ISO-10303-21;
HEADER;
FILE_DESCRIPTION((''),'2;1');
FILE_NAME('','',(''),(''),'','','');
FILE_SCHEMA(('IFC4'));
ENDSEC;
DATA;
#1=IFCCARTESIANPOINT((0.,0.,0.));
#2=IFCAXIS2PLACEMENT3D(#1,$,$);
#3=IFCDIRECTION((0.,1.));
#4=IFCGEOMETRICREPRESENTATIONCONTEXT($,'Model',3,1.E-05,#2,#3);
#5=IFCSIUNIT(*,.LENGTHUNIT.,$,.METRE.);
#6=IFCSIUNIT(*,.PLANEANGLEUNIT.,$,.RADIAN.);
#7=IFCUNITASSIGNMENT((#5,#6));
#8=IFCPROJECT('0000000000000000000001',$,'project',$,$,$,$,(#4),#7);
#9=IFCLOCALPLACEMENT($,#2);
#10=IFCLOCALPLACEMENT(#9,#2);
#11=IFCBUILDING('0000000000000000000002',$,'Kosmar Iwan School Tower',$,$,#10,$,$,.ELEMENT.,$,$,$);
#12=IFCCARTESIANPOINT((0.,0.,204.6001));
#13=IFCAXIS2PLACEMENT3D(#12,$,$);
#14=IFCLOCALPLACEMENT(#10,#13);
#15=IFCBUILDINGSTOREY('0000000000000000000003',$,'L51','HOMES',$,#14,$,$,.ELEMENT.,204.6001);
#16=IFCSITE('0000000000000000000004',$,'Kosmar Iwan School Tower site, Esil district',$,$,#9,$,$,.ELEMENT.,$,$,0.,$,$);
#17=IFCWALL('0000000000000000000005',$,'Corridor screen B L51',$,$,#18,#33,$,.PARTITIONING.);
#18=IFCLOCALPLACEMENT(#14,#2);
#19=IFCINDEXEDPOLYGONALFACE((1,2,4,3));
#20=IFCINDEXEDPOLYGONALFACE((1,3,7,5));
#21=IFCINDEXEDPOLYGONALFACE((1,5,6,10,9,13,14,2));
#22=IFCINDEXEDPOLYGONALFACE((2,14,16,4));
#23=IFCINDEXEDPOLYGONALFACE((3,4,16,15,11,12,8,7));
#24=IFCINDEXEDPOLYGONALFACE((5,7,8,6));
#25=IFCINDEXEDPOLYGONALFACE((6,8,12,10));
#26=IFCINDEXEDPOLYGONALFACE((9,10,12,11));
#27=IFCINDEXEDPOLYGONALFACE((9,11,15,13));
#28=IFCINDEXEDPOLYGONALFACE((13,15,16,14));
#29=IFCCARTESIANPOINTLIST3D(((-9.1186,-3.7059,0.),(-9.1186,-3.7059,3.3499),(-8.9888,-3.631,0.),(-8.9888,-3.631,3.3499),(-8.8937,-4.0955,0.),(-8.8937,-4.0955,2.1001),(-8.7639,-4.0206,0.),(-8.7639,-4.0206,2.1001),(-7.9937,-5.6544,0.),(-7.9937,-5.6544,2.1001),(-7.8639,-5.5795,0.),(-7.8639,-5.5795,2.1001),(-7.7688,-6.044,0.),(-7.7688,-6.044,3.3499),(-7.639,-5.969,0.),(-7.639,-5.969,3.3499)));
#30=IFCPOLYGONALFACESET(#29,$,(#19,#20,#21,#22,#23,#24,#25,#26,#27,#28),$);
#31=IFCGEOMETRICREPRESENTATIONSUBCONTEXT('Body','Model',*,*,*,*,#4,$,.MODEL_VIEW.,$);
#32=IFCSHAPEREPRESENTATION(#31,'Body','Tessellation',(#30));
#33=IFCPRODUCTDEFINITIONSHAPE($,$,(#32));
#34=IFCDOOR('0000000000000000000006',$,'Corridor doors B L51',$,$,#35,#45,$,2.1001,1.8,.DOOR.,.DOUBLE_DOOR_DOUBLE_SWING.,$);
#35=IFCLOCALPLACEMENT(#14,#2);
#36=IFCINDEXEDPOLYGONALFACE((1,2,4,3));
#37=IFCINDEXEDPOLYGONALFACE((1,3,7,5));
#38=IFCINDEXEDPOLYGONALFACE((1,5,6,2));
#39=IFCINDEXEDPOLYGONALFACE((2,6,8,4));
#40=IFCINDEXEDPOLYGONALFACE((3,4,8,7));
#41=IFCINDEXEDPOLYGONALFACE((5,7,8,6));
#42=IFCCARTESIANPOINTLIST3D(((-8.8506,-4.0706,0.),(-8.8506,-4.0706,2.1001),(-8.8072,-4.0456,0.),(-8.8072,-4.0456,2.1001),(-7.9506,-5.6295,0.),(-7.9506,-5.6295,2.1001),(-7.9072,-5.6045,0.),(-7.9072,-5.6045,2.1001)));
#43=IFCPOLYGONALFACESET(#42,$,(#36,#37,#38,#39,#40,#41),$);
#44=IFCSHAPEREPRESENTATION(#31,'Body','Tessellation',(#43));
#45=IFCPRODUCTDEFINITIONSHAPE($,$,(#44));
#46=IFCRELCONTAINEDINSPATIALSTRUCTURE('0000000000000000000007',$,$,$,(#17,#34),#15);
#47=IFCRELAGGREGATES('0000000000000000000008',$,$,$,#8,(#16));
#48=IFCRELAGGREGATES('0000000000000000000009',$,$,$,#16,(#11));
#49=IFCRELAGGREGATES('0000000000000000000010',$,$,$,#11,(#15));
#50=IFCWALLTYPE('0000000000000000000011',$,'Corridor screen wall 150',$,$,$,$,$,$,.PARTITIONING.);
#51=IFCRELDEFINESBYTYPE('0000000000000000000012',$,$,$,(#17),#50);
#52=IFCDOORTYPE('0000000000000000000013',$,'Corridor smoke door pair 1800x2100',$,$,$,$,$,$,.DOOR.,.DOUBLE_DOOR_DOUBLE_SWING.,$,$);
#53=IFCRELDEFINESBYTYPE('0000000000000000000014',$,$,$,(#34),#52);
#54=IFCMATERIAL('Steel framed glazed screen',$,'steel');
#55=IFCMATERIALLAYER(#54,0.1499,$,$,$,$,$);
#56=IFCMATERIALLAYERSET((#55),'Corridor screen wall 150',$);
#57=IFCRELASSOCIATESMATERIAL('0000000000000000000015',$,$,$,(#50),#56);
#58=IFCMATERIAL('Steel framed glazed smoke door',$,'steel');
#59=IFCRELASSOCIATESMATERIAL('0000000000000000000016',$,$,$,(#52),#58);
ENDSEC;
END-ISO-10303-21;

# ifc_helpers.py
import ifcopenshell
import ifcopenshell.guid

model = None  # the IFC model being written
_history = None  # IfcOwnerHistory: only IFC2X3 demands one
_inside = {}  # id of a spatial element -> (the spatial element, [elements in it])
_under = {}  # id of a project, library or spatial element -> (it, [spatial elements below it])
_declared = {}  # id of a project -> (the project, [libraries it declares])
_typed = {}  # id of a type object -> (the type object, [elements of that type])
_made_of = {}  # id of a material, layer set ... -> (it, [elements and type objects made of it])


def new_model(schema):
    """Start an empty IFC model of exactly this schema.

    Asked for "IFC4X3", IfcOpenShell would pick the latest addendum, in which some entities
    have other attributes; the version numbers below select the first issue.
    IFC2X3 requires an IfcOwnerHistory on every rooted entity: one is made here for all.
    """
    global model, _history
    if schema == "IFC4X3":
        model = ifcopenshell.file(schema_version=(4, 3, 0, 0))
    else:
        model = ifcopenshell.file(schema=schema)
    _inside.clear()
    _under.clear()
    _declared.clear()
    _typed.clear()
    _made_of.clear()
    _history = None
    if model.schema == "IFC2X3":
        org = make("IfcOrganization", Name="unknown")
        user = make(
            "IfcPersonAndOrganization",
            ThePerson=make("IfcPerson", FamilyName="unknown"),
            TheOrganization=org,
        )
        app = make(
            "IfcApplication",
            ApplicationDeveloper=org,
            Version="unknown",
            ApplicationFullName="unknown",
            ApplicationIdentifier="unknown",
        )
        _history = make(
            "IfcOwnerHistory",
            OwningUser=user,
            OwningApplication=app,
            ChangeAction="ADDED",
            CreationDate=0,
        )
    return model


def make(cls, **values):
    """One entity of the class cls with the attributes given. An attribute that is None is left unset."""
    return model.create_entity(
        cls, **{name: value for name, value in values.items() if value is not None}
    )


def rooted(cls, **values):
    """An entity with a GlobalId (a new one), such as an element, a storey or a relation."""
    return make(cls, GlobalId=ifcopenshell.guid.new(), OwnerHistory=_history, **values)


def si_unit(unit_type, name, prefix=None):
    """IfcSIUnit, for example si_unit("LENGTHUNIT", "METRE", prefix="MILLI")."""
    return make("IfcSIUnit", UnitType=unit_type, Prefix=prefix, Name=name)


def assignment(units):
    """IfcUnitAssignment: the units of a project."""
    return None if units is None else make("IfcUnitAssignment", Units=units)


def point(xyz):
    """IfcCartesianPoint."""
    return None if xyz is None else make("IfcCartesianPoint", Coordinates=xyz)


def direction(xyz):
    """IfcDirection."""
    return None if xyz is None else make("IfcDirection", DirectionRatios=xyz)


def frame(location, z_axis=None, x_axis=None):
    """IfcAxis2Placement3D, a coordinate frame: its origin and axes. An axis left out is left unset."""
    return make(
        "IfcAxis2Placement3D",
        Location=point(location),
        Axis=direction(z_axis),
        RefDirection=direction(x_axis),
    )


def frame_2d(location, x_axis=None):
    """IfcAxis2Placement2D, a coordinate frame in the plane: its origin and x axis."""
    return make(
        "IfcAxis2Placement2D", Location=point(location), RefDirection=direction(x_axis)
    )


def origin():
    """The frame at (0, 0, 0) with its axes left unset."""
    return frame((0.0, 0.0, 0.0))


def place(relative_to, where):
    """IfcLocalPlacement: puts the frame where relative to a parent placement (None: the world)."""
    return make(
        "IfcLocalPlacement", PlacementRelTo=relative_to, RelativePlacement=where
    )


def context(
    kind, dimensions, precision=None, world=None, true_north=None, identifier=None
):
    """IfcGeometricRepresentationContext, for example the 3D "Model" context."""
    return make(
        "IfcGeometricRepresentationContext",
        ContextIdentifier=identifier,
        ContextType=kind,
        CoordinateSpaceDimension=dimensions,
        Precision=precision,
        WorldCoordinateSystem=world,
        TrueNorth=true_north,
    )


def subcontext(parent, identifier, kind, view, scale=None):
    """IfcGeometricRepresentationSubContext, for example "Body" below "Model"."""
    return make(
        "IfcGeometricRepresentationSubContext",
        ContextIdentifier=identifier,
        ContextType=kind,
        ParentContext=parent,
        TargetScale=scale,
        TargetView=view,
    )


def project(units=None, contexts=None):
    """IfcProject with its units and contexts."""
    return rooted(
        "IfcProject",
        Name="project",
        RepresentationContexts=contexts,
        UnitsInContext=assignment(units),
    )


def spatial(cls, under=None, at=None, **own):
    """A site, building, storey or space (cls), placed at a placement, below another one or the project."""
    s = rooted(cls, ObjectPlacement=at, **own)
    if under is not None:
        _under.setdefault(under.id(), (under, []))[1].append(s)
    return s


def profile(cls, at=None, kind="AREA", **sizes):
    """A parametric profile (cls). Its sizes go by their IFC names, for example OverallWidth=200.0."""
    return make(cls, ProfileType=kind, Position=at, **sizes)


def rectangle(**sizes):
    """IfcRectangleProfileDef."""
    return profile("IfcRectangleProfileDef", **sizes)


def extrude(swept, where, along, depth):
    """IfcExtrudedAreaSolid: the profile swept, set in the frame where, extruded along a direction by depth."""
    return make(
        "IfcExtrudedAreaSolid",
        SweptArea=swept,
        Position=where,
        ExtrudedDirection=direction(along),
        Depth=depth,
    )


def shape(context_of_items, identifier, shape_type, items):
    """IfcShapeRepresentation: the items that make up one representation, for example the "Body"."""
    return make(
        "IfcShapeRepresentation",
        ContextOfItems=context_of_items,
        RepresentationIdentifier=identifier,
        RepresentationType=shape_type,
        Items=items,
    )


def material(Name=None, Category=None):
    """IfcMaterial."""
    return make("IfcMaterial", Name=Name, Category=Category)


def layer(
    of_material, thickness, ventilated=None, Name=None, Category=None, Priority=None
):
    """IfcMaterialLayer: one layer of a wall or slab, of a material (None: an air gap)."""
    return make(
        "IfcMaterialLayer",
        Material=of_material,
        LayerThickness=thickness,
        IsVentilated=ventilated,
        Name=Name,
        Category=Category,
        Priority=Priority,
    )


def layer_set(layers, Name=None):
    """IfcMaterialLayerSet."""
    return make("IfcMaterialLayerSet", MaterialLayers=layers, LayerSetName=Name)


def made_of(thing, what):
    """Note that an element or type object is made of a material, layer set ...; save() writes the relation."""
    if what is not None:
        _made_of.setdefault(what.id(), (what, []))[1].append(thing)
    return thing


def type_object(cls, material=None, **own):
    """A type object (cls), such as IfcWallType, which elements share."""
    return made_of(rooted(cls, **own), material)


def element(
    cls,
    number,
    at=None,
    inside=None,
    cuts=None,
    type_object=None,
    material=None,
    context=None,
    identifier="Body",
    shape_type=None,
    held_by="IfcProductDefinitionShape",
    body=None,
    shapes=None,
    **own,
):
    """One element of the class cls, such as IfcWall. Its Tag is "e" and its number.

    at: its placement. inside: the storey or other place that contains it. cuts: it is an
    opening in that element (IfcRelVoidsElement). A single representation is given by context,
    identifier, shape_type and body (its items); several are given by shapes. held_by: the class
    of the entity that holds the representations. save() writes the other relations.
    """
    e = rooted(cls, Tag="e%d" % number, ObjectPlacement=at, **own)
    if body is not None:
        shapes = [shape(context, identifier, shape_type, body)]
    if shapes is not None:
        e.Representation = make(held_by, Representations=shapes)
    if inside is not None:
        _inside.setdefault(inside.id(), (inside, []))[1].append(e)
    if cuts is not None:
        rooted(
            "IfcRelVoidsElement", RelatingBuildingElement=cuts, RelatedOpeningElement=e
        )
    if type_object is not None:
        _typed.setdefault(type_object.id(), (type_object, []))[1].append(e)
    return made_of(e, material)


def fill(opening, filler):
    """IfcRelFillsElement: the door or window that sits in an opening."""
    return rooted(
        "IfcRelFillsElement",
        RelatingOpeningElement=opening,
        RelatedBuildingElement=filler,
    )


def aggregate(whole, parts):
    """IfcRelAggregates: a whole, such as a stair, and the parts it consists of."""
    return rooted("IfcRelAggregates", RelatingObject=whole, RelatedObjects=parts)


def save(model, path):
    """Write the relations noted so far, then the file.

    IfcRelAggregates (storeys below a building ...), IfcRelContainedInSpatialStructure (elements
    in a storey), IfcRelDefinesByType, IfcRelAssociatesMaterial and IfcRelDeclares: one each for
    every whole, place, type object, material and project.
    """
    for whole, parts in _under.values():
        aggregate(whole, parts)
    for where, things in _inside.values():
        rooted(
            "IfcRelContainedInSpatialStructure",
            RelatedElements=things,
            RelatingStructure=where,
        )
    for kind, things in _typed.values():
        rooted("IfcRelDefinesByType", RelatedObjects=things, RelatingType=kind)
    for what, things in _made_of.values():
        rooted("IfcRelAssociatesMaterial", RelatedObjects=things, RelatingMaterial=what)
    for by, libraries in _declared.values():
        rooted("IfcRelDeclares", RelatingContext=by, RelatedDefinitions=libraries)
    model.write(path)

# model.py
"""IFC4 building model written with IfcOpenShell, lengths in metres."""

from ifc_helpers import new_model, si_unit, direction, frame, frame_2d, origin, place, context, subcontext, project, spatial, rectangle, extrude, material, layer, layer_set, type_object, element, fill, save


model = new_model("IFC4")

# Units and contexts
model_context = context("Model", 3, precision=1e-05, world=origin(), true_north=direction((0.0, 1.0)))
body_context = subcontext(model_context, "Body", "Model", "MODEL_VIEW")
ifc_project = project(units=[si_unit("LENGTHUNIT", "METRE"), si_unit("PLANEANGLEUNIT", "RADIAN")], contexts=[model_context])

# Site, building, storey
site_placement = place(None, origin())
site = spatial("IfcSite", under=ifc_project, at=site_placement, Name="Kosmar Iwan School Tower site, Esil district", CompositionType="ELEMENT", RefElevation=0.0)
building_placement = place(site_placement, origin())
building = spatial("IfcBuilding", under=site, at=building_placement, Name="Kosmar Iwan School Tower", CompositionType="ELEMENT")
storey_placement = place(building_placement, frame((0.0, 0.0, 204.6001)))
storey = spatial("IfcBuildingStorey", under=building, at=storey_placement, Name="L51", Description="HOMES", CompositionType="ELEMENT", Elevation=204.6001)

# Wall, opening, door
ifc_material_1 = material(Name="Steel framed glazed screen", Category="steel")
ifc_layer_1 = layer(ifc_material_1, 0.1499)
ifc_layer_set_1 = layer_set([ifc_layer_1], Name="Corridor screen wall 150")
wall_type_1 = type_object("IfcWallType", Name="Corridor screen wall 150", PredefinedType="PARTITIONING", material=ifc_layer_set_1)
wall_1_placement = place(storey_placement, frame((-9.0537, -3.6685, 0.0), z_axis=(0.0, 0.0, 1.0), x_axis=(0.499981, -0.866037, 0.0)))
wall_1 = element("IfcWall", 1, at=wall_1_placement, inside=storey, type_object=wall_type_1, Name="Corridor screen B L51", PredefinedType="PARTITIONING", context=body_context, shape_type="SweptSolid", body=[
    extrude(rectangle(XDim=2.6997, YDim=0.1499, at=frame_2d((1.3499, 0.0))), origin(), (0.0, 0.0, 1.0), 3.3499),
])
opening_1_placement = place(wall_1_placement, frame((0.45, 0.0, 0.0)))
opening_1 = element("IfcOpeningElement", 2, at=opening_1_placement, cuts=wall_1, PredefinedType="OPENING", context=body_context, shape_type="SweptSolid", body=[
    extrude(rectangle(XDim=1.8, YDim=2.1001, at=frame_2d((0.8999, 1.05))), frame((0.0, 0.0869, 0.0), z_axis=(0.0, -1.0, 0.0), x_axis=(1.0, 0.0, 0.0)), (0.0, 0.0, 1.0), 0.1738),
])
ifc_material_2 = material(Name="Steel framed glazed smoke door", Category="steel")
door_type_1 = type_object("IfcDoorType", Name="Corridor smoke door pair 1800x2100", OperationType="DOUBLE_DOOR_DOUBLE_SWING", PredefinedType="DOOR", material=ifc_material_2)
door_1_placement = place(opening_1_placement, origin())
door_1 = element("IfcDoor", 3, at=door_1_placement, inside=storey, type_object=door_type_1, Name="Corridor doors B L51", OperationType="DOUBLE_DOOR_DOUBLE_SWING", OverallHeight=2.1001, OverallWidth=1.8, PredefinedType="DOOR", context=body_context, shape_type="SweptSolid", body=[
    extrude(rectangle(XDim=1.8, YDim=2.1001, at=frame_2d((0.8999, 1.05))), frame((0.0, 0.0249, 0.0), z_axis=(0.0, -1.0, 0.0), x_axis=(1.0, 0.0, 0.0)), (0.0, 0.0, 1.0), 0.05),
])
fill(opening_1, door_1)

save(model, "model.ifc")
